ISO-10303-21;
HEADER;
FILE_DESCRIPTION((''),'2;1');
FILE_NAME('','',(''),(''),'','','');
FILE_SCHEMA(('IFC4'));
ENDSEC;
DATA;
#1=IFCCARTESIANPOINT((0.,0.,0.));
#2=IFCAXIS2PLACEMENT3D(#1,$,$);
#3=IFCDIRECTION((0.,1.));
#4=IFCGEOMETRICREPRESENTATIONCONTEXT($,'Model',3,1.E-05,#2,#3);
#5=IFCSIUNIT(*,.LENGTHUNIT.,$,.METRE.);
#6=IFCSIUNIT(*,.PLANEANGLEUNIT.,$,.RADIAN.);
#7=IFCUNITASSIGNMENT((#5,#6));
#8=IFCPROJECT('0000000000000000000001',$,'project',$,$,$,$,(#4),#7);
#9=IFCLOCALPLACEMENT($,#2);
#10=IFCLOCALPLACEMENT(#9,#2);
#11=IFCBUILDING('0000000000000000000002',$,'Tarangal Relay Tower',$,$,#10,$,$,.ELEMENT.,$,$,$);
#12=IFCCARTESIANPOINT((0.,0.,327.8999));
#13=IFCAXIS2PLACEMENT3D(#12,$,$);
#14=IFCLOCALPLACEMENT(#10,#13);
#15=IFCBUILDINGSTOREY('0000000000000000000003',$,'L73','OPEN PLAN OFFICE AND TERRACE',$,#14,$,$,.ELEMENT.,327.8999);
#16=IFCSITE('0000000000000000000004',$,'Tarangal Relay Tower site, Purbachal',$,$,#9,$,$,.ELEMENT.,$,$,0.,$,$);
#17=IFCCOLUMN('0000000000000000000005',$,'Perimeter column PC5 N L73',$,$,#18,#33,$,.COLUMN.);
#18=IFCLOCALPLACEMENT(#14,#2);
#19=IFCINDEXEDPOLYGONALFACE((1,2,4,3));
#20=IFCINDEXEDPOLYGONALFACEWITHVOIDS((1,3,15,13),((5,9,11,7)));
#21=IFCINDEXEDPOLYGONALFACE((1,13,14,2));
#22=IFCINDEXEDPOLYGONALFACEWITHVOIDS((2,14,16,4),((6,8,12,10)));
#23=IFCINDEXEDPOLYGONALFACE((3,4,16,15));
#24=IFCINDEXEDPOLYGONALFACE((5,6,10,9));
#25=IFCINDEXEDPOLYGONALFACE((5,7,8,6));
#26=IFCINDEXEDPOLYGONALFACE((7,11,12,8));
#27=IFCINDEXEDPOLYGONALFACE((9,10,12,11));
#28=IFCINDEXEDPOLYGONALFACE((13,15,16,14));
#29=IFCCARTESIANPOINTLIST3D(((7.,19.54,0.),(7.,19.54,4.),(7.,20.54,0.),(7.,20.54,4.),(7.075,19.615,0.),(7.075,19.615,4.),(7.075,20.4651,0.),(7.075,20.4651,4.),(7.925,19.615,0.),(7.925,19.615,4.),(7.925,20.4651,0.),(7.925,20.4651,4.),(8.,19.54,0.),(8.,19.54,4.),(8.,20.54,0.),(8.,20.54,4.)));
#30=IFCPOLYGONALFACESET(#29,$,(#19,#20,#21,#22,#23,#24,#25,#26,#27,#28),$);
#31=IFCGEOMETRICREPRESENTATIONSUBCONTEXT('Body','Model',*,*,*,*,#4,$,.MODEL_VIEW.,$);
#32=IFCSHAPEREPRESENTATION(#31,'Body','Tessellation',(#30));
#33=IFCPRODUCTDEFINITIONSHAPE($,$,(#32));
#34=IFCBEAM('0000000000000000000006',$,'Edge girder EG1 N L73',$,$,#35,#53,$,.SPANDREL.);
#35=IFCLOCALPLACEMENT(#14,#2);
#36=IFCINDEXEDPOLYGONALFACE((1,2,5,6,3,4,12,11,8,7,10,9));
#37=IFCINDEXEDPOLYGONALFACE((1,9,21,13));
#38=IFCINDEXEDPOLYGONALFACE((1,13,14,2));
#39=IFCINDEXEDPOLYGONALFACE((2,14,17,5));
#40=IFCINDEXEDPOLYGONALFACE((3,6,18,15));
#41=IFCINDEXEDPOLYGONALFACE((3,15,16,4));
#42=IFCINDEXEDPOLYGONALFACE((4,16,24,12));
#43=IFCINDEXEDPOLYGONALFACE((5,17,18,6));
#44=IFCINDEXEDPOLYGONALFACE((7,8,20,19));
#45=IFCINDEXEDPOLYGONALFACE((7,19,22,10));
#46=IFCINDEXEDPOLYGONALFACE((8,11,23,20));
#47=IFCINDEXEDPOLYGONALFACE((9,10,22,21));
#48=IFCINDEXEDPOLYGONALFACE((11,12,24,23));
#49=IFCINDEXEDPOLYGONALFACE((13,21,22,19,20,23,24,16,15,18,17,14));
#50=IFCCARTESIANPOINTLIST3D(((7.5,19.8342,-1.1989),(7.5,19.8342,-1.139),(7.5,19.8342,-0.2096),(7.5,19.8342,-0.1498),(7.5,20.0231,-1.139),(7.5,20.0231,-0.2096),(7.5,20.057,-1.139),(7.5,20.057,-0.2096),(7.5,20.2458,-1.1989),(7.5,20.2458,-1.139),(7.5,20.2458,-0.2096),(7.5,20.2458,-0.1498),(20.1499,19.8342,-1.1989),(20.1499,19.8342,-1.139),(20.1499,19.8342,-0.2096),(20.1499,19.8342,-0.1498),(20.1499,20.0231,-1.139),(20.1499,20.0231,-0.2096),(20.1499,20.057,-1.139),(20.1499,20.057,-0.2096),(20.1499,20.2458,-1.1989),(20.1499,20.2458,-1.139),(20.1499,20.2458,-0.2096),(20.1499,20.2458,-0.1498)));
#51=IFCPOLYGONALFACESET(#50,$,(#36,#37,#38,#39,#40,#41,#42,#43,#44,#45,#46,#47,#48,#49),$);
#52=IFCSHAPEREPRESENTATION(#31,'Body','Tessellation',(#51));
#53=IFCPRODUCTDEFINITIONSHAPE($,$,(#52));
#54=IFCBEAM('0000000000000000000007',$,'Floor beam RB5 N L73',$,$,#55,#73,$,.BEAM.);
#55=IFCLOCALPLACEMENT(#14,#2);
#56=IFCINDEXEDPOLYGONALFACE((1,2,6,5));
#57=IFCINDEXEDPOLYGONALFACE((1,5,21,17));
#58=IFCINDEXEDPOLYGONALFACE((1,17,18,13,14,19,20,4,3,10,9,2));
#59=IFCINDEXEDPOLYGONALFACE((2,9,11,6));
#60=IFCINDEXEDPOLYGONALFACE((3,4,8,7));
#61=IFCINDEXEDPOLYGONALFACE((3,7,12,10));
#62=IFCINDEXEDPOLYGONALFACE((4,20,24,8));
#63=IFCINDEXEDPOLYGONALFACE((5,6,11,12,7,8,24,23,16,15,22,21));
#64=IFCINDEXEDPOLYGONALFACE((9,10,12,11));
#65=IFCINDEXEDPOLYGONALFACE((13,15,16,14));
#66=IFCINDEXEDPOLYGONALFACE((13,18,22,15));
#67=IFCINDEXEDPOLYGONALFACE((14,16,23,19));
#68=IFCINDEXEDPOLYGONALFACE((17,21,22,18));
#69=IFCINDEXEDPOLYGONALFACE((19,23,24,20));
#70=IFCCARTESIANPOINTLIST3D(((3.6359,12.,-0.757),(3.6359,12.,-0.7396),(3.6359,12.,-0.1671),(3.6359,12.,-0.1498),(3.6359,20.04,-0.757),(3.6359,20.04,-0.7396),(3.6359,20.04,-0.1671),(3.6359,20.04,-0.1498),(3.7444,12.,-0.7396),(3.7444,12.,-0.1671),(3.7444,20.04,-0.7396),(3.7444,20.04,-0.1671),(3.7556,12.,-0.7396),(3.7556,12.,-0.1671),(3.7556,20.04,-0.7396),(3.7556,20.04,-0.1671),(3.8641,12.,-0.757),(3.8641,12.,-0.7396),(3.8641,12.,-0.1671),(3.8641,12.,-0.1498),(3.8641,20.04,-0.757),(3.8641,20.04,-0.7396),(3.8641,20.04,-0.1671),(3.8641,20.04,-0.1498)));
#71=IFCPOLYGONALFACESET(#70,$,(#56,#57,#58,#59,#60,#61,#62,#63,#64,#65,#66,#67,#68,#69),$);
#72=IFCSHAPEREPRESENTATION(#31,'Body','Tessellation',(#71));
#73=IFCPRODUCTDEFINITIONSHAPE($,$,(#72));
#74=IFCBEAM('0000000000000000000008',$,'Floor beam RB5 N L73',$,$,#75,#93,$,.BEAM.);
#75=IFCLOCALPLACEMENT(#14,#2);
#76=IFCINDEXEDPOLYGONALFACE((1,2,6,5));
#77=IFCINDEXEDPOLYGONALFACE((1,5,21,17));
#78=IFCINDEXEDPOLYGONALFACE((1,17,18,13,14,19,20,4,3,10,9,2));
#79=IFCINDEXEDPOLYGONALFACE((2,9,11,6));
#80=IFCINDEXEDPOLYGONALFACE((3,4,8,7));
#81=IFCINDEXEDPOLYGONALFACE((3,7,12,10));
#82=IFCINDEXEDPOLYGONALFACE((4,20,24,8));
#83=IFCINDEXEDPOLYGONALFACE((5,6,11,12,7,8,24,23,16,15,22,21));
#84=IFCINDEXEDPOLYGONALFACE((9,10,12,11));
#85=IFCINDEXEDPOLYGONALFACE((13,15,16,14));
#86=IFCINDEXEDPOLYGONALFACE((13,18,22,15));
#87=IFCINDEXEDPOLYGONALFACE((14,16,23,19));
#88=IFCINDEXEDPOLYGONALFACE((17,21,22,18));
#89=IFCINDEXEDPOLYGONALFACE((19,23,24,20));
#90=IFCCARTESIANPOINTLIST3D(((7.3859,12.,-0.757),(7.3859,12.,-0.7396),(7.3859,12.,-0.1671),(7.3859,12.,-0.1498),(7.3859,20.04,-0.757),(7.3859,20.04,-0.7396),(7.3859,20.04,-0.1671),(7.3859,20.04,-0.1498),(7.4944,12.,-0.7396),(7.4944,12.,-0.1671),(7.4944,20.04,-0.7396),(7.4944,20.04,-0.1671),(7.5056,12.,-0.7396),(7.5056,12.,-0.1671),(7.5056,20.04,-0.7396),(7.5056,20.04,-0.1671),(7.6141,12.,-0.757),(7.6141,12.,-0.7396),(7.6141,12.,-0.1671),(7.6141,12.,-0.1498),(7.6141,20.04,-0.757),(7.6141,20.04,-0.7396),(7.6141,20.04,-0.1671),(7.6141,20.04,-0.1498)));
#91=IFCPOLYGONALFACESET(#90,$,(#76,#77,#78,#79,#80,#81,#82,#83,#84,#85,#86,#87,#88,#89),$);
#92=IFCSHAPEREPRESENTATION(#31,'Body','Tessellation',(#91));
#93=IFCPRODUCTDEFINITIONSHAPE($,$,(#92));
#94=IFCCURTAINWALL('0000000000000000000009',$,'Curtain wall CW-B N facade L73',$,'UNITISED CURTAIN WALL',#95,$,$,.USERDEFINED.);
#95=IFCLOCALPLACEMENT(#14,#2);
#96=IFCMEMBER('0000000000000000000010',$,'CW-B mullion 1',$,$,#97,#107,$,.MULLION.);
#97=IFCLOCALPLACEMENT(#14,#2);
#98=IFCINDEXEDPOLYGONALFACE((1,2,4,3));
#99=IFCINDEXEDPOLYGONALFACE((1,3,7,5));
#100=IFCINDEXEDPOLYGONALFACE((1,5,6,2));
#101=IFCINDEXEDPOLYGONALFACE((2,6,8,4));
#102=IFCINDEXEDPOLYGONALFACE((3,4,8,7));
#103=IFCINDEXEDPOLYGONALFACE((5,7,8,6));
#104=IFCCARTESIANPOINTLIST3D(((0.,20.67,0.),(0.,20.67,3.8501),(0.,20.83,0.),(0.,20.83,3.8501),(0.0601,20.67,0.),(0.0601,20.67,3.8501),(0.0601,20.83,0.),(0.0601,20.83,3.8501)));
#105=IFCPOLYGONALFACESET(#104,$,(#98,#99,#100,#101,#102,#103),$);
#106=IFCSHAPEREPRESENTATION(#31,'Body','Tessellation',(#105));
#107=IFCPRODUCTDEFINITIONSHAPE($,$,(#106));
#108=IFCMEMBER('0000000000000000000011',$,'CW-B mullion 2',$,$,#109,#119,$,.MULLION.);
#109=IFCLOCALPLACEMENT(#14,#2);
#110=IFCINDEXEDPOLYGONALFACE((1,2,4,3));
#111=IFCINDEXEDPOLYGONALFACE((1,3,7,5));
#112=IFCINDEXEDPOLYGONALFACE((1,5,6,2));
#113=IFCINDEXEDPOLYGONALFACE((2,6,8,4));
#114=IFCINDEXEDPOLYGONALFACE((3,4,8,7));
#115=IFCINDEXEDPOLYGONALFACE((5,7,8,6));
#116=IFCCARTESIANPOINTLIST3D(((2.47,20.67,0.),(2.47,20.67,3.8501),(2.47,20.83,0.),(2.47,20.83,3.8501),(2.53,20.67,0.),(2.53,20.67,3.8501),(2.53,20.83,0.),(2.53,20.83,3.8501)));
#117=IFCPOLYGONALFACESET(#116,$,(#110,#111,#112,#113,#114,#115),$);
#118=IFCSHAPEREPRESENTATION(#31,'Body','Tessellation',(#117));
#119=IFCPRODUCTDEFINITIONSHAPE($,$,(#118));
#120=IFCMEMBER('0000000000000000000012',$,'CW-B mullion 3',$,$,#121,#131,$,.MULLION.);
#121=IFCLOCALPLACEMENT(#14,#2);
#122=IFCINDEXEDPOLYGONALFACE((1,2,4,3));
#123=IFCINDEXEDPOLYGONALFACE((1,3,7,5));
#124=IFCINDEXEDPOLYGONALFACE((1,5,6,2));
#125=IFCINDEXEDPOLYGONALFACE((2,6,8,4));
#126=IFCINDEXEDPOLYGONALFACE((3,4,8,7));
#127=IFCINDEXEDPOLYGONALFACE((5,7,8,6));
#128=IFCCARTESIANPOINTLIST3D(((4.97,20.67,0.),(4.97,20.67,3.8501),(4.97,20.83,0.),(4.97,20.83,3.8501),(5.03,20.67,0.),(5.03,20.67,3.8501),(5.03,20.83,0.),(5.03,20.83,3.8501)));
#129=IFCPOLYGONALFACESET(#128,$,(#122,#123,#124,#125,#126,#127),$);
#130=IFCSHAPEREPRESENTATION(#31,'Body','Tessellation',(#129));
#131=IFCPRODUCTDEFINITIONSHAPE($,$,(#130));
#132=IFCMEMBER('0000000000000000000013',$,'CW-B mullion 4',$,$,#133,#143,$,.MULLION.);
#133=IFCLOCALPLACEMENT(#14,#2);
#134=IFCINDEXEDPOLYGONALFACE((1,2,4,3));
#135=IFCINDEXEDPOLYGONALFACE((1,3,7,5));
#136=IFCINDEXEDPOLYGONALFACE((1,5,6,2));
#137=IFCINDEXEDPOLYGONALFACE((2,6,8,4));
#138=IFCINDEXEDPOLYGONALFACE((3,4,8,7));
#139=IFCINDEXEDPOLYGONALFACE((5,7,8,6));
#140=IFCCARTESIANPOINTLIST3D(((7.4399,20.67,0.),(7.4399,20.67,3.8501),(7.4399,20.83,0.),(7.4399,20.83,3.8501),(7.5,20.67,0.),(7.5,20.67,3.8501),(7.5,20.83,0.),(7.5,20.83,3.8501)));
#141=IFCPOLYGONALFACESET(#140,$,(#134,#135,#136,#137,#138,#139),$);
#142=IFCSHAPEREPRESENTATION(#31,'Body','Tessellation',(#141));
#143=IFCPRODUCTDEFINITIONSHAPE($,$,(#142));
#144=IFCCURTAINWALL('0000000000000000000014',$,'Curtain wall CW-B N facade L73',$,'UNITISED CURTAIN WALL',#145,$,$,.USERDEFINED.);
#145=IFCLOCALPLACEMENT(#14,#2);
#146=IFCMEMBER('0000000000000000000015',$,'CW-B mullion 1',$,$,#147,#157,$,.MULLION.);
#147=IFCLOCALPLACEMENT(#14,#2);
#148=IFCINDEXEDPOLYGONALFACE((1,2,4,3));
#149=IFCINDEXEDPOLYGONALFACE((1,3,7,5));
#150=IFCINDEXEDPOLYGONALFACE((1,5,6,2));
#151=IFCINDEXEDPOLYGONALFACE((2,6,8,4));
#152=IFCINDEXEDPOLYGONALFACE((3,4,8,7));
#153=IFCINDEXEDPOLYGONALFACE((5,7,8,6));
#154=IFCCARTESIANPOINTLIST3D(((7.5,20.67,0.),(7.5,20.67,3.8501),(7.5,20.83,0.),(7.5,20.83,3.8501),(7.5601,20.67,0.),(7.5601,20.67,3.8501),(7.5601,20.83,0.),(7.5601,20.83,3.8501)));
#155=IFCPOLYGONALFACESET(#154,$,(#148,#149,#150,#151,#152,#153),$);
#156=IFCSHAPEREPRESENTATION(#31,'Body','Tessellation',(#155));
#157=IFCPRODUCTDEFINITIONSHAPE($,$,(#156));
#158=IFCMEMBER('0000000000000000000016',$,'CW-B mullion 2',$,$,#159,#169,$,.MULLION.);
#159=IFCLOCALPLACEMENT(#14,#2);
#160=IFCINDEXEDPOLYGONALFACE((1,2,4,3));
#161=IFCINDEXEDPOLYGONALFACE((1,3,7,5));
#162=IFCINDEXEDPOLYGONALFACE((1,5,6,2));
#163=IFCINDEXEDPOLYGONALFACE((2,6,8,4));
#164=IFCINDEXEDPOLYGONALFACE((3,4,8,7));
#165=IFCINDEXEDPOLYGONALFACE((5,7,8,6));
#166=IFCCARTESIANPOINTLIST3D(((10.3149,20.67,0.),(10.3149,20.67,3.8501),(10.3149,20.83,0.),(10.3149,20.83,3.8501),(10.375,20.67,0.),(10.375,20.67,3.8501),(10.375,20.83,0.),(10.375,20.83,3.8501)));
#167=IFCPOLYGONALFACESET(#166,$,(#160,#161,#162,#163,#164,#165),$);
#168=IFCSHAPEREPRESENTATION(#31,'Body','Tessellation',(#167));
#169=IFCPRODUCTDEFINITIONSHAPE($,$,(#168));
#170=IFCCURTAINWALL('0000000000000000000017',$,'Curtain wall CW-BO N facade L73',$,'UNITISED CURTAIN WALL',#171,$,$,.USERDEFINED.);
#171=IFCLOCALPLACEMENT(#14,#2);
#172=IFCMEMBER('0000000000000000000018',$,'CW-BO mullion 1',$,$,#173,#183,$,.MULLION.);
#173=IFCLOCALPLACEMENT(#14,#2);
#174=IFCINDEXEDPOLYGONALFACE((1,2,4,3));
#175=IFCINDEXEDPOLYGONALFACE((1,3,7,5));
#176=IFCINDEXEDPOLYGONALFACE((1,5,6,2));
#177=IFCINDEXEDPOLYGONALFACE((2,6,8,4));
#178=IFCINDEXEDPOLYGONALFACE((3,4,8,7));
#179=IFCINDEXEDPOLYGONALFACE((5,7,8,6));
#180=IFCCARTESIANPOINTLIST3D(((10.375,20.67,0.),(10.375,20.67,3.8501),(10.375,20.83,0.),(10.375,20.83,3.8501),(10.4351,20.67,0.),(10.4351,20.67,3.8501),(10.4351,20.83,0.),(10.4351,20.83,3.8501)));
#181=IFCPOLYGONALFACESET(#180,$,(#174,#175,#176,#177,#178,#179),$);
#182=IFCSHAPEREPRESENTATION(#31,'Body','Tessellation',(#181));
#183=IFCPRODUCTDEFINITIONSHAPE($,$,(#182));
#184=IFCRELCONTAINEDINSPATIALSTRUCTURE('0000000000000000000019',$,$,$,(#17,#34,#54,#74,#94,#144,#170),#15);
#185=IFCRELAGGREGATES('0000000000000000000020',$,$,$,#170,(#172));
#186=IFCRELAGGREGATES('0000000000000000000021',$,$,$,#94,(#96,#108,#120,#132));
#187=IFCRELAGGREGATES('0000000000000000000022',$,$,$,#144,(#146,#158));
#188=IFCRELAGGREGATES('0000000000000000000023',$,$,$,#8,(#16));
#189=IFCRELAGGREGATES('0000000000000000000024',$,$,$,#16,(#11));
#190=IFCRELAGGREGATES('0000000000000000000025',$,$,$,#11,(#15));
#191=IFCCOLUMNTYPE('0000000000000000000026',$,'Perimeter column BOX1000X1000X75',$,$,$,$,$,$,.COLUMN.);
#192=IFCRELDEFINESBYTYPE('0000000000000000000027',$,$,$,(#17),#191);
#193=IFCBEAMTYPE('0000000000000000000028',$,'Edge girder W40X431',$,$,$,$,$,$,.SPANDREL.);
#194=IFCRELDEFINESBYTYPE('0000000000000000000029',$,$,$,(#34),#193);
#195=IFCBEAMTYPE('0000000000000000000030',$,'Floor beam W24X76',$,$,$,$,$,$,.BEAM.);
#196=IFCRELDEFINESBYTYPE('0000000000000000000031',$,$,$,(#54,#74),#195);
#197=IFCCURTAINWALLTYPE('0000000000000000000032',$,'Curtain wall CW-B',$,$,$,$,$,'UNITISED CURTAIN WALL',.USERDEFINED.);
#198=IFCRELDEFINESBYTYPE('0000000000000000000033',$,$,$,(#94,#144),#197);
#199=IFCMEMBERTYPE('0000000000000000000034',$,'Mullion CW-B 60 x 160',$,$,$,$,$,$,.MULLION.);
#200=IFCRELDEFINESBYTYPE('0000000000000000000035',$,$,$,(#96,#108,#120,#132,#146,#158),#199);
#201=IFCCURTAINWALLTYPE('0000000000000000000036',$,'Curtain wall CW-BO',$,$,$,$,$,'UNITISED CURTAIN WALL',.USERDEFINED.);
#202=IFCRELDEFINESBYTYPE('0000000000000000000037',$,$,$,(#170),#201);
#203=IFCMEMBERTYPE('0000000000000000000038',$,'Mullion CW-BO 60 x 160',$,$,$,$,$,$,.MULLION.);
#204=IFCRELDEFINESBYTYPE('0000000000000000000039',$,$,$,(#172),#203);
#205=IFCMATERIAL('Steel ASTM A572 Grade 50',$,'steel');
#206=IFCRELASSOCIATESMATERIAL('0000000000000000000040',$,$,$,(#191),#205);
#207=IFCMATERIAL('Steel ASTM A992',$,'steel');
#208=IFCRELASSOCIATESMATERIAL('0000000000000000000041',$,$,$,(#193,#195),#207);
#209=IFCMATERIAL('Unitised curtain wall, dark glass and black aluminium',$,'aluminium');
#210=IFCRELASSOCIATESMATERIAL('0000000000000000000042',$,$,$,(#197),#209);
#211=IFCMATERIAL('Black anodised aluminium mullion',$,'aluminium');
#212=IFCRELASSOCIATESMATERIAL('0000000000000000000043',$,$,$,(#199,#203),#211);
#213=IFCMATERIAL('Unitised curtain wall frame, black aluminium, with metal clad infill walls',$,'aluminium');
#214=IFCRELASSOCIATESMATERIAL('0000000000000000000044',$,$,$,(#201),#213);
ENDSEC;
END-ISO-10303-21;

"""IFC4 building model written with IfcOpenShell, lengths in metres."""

from ifc_helpers import new_model, si_unit, direction, frame, origin, origin_2d, place, context, subcontext, project, spatial, rectangle, hollow_rectangle, i_section, extrude, material, material_profile, profile_set, type_object, element, aggregate, save


model = new_model("IFC4")

# Units and contexts
model_context = context("Model", 3, precision=1e-05, world=origin(), true_north=direction((0.0, 1.0)))
body_context = subcontext(model_context, "Body", "Model", "MODEL_VIEW")
ifc_project = project(units=[si_unit("LENGTHUNIT", "METRE"), si_unit("PLANEANGLEUNIT", "RADIAN")], contexts=[model_context])

# Site, building, storey
site_placement = place(None, origin())
site = spatial("IfcSite", under=ifc_project, at=site_placement, Name="Tarangal Relay Tower site, Purbachal", CompositionType="ELEMENT", RefElevation=0.0)
building_placement = place(site_placement, origin())
building = spatial("IfcBuilding", under=site, at=building_placement, Name="Tarangal Relay Tower", CompositionType="ELEMENT")
storey_placement = place(building_placement, frame((0.0, 0.0, 327.8999)))
storey = spatial("IfcBuildingStorey", under=building, at=storey_placement, Name="L73", Description="OPEN PLAN OFFICE AND TERRACE", CompositionType="ELEMENT", Elevation=327.8999)

# Column
ifc_material_1 = material(Name="Steel ASTM A572 Grade 50", Category="steel")
ifc_material_profile_1 = material_profile(ifc_material_1, hollow_rectangle(XDim=1.0, YDim=1.0, WallThickness=0.075, at=origin_2d()), Name="BOX1000X1000X75")
ifc_profile_set_1 = profile_set([ifc_material_profile_1], Name="Steel ASTM A572 Grade 50")
column_type = type_object("IfcColumnType", Name="Perimeter column BOX1000X1000X75", PredefinedType="COLUMN", material=ifc_profile_set_1)
column_placement = place(storey_placement, frame((7.5, 20.04, 0.0), z_axis=(0.0, 0.0, 1.0), x_axis=(1.0, 0.0, 0.0)))
element("IfcColumn", 1, at=column_placement, inside=storey, type_object=column_type, Name="Perimeter column PC5 N L73", PredefinedType="COLUMN", context=body_context, shape_type="SweptSolid", body=[
    extrude(hollow_rectangle(XDim=1.0, YDim=1.0, WallThickness=0.075, at=origin_2d()), origin(), (0.0, 0.0, 1.0), 4.0),
])

# Beams
ifc_material_2 = material(Name="Steel ASTM A992", Category="steel")
ifc_material_profile_2 = material_profile(ifc_material_2, i_section(OverallWidth=0.4116, OverallDepth=1.0491, WebThickness=0.0339, FlangeThickness=0.0598, at=origin_2d()), Name="W40X431")
ifc_profile_set_2 = profile_set([ifc_material_profile_2], Name="Steel ASTM A992")
beam_type_1 = type_object("IfcBeamType", Name="Edge girder W40X431", PredefinedType="SPANDREL", material=ifc_profile_set_2)
beam_placement = place(storey_placement, frame((7.5, 20.04, -0.6743), z_axis=(1.0, 0.0, 0.0), x_axis=(0.0, 1.0, 0.0)))
element("IfcBeam", 2, at=beam_placement, inside=storey, type_object=beam_type_1, Name="Edge girder EG1 N L73", PredefinedType="SPANDREL", context=body_context, shape_type="SweptSolid", body=[
    extrude(i_section(OverallWidth=0.4116, OverallDepth=1.0491, WebThickness=0.0339, FlangeThickness=0.0598, at=origin_2d()), origin(), (0.0, 0.0, 1.0), 12.6499),
])
ifc_material_profile_3 = material_profile(ifc_material_2, i_section(OverallWidth=0.2283, OverallDepth=0.6072, WebThickness=0.0112, FlangeThickness=0.0173, at=origin_2d()), Name="W24X76")
ifc_profile_set_3 = profile_set([ifc_material_profile_3], Name="Steel ASTM A992")
beam_type_2 = type_object("IfcBeamType", Name="Floor beam W24X76", PredefinedType="BEAM", material=ifc_profile_set_3)
for number, where, z_axis, x_axis, name in (
    (3, (3.75, 12.0, -0.4534), (0.0, 1.0, 0.0), (-1.0, 0.0, 0.0), "Floor beam RB5 N L73"),
    (4, (7.5, 12.0, -0.4534), (0.0, 1.0, 0.0), (-1.0, 0.0, 0.0), "Floor beam RB5 N L73"),
):
    element("IfcBeam", number, at=place(storey_placement, frame(where, z_axis=z_axis, x_axis=x_axis)), inside=storey, type_object=beam_type_2, Name=name, PredefinedType="BEAM", context=body_context, shape_type="SweptSolid", body=[
        extrude(i_section(OverallWidth=0.2283, OverallDepth=0.6072, WebThickness=0.0112, FlangeThickness=0.0173, at=origin_2d()), origin(), (0.0, 0.0, 1.0), 8.04),
    ])

# Curtain walls, members
ifc_material_3 = material(Name="Unitised curtain wall, dark glass and black aluminium", Category="aluminium")
curtain_wall_type_1 = type_object("IfcCurtainWallType", Name="Curtain wall CW-B", ElementType="UNITISED CURTAIN WALL", PredefinedType="USERDEFINED", material=ifc_material_3)
curtain_wall_1_placement = place(storey_placement, origin())
curtain_wall_1 = element("IfcCurtainWall", 5, at=curtain_wall_1_placement, inside=storey, type_object=curtain_wall_type_1, Name="Curtain wall CW-B N facade L73", ObjectType="UNITISED CURTAIN WALL", PredefinedType="USERDEFINED")
ifc_material_4 = material(Name="Black anodised aluminium mullion", Category="aluminium")
ifc_material_profile_4 = material_profile(ifc_material_4, rectangle(XDim=0.1599, YDim=0.0601, at=origin_2d()), Name="CW-BM 60X160")
ifc_profile_set_4 = profile_set([ifc_material_profile_4], Name="Black anodised aluminium mullion")
member_type_1 = type_object("IfcMemberType", Name="Mullion CW-B 60 x 160", PredefinedType="MULLION", material=ifc_profile_set_4)
member_1_placement = place(storey_placement, frame((0.03, 20.75, 0.0), z_axis=(0.0, 0.0, 1.0), x_axis=(0.0, 1.0, 0.0)))
member_1 = element("IfcMember", 6, at=member_1_placement, type_object=member_type_1, Name="CW-B mullion 1", PredefinedType="MULLION", context=body_context, shape_type="SweptSolid", body=[
    extrude(rectangle(XDim=0.1599, YDim=0.0601, at=origin_2d()), origin(), (0.0, 0.0, 1.0), 3.8501),
])
member_2_placement = place(storey_placement, frame((2.5, 20.75, 0.0), z_axis=(0.0, 0.0, 1.0), x_axis=(0.0, 1.0, 0.0)))
member_2 = element("IfcMember", 7, at=member_2_placement, type_object=member_type_1, Name="CW-B mullion 2", PredefinedType="MULLION", context=body_context, shape_type="SweptSolid", body=[
    extrude(rectangle(XDim=0.1599, YDim=0.0601, at=origin_2d()), origin(), (0.0, 0.0, 1.0), 3.8501),
])
member_3_placement = place(storey_placement, frame((5.0, 20.75, 0.0), z_axis=(0.0, 0.0, 1.0), x_axis=(0.0, 1.0, 0.0)))
member_3 = element("IfcMember", 8, at=member_3_placement, type_object=member_type_1, Name="CW-B mullion 3", PredefinedType="MULLION", context=body_context, shape_type="SweptSolid", body=[
    extrude(rectangle(XDim=0.1599, YDim=0.0601, at=origin_2d()), origin(), (0.0, 0.0, 1.0), 3.8501),
])
member_4_placement = place(storey_placement, frame((7.47, 20.75, 0.0), z_axis=(0.0, 0.0, 1.0), x_axis=(0.0, 1.0, 0.0)))
member_4 = element("IfcMember", 9, at=member_4_placement, type_object=member_type_1, Name="CW-B mullion 4", PredefinedType="MULLION", context=body_context, shape_type="SweptSolid", body=[
    extrude(rectangle(XDim=0.1599, YDim=0.0601, at=origin_2d()), origin(), (0.0, 0.0, 1.0), 3.8501),
])
curtain_wall_2_placement = place(storey_placement, origin())
curtain_wall_2 = element("IfcCurtainWall", 10, at=curtain_wall_2_placement, inside=storey, type_object=curtain_wall_type_1, Name="Curtain wall CW-B N facade L73", ObjectType="UNITISED CURTAIN WALL", PredefinedType="USERDEFINED")
member_5_placement = place(storey_placement, frame((7.53, 20.75, 0.0), z_axis=(0.0, 0.0, 1.0), x_axis=(0.0, 1.0, 0.0)))
member_5 = element("IfcMember", 11, at=member_5_placement, type_object=member_type_1, Name="CW-B mullion 1", PredefinedType="MULLION", context=body_context, shape_type="SweptSolid", body=[
    extrude(rectangle(XDim=0.1599, YDim=0.0601, at=origin_2d()), origin(), (0.0, 0.0, 1.0), 3.8501),
])
member_6_placement = place(storey_placement, frame((10.345, 20.75, 0.0), z_axis=(0.0, 0.0, 1.0), x_axis=(0.0, 1.0, 0.0)))
member_6 = element("IfcMember", 12, at=member_6_placement, type_object=member_type_1, Name="CW-B mullion 2", PredefinedType="MULLION", context=body_context, shape_type="SweptSolid", body=[
    extrude(rectangle(XDim=0.1599, YDim=0.0601, at=origin_2d()), origin(), (0.0, 0.0, 1.0), 3.8501),
])

# Curtain wall, member
ifc_material_5 = material(Name="Unitised curtain wall frame, black aluminium, with metal clad infill walls", Category="aluminium")
curtain_wall_type_2 = type_object("IfcCurtainWallType", Name="Curtain wall CW-BO", ElementType="UNITISED CURTAIN WALL", PredefinedType="USERDEFINED", material=ifc_material_5)
curtain_wall_3_placement = place(storey_placement, origin())
curtain_wall_3 = element("IfcCurtainWall", 13, at=curtain_wall_3_placement, inside=storey, type_object=curtain_wall_type_2, Name="Curtain wall CW-BO N facade L73", ObjectType="UNITISED CURTAIN WALL", PredefinedType="USERDEFINED")
ifc_material_profile_5 = material_profile(ifc_material_4, rectangle(XDim=0.1599, YDim=0.0601, at=origin_2d()), Name="CW-BOM 60X160")
ifc_profile_set_5 = profile_set([ifc_material_profile_5], Name="Black anodised aluminium mullion")
member_type_2 = type_object("IfcMemberType", Name="Mullion CW-BO 60 x 160", PredefinedType="MULLION", material=ifc_profile_set_5)
member_7_placement = place(storey_placement, frame((10.405, 20.75, 0.0), z_axis=(0.0, 0.0, 1.0), x_axis=(0.0, 1.0, 0.0)))
member_7 = element("IfcMember", 14, at=member_7_placement, type_object=member_type_2, Name="CW-BO mullion 1", PredefinedType="MULLION", context=body_context, shape_type="SweptSolid", body=[
    extrude(rectangle(XDim=0.1599, YDim=0.0601, at=origin_2d()), origin(), (0.0, 0.0, 1.0), 3.8501),
])
aggregate(curtain_wall_3, [member_7])

aggregate(curtain_wall_1, [member_1, member_2, member_3, member_4])
aggregate(curtain_wall_2, [member_5, member_6])

save(model, "model.ifc")
